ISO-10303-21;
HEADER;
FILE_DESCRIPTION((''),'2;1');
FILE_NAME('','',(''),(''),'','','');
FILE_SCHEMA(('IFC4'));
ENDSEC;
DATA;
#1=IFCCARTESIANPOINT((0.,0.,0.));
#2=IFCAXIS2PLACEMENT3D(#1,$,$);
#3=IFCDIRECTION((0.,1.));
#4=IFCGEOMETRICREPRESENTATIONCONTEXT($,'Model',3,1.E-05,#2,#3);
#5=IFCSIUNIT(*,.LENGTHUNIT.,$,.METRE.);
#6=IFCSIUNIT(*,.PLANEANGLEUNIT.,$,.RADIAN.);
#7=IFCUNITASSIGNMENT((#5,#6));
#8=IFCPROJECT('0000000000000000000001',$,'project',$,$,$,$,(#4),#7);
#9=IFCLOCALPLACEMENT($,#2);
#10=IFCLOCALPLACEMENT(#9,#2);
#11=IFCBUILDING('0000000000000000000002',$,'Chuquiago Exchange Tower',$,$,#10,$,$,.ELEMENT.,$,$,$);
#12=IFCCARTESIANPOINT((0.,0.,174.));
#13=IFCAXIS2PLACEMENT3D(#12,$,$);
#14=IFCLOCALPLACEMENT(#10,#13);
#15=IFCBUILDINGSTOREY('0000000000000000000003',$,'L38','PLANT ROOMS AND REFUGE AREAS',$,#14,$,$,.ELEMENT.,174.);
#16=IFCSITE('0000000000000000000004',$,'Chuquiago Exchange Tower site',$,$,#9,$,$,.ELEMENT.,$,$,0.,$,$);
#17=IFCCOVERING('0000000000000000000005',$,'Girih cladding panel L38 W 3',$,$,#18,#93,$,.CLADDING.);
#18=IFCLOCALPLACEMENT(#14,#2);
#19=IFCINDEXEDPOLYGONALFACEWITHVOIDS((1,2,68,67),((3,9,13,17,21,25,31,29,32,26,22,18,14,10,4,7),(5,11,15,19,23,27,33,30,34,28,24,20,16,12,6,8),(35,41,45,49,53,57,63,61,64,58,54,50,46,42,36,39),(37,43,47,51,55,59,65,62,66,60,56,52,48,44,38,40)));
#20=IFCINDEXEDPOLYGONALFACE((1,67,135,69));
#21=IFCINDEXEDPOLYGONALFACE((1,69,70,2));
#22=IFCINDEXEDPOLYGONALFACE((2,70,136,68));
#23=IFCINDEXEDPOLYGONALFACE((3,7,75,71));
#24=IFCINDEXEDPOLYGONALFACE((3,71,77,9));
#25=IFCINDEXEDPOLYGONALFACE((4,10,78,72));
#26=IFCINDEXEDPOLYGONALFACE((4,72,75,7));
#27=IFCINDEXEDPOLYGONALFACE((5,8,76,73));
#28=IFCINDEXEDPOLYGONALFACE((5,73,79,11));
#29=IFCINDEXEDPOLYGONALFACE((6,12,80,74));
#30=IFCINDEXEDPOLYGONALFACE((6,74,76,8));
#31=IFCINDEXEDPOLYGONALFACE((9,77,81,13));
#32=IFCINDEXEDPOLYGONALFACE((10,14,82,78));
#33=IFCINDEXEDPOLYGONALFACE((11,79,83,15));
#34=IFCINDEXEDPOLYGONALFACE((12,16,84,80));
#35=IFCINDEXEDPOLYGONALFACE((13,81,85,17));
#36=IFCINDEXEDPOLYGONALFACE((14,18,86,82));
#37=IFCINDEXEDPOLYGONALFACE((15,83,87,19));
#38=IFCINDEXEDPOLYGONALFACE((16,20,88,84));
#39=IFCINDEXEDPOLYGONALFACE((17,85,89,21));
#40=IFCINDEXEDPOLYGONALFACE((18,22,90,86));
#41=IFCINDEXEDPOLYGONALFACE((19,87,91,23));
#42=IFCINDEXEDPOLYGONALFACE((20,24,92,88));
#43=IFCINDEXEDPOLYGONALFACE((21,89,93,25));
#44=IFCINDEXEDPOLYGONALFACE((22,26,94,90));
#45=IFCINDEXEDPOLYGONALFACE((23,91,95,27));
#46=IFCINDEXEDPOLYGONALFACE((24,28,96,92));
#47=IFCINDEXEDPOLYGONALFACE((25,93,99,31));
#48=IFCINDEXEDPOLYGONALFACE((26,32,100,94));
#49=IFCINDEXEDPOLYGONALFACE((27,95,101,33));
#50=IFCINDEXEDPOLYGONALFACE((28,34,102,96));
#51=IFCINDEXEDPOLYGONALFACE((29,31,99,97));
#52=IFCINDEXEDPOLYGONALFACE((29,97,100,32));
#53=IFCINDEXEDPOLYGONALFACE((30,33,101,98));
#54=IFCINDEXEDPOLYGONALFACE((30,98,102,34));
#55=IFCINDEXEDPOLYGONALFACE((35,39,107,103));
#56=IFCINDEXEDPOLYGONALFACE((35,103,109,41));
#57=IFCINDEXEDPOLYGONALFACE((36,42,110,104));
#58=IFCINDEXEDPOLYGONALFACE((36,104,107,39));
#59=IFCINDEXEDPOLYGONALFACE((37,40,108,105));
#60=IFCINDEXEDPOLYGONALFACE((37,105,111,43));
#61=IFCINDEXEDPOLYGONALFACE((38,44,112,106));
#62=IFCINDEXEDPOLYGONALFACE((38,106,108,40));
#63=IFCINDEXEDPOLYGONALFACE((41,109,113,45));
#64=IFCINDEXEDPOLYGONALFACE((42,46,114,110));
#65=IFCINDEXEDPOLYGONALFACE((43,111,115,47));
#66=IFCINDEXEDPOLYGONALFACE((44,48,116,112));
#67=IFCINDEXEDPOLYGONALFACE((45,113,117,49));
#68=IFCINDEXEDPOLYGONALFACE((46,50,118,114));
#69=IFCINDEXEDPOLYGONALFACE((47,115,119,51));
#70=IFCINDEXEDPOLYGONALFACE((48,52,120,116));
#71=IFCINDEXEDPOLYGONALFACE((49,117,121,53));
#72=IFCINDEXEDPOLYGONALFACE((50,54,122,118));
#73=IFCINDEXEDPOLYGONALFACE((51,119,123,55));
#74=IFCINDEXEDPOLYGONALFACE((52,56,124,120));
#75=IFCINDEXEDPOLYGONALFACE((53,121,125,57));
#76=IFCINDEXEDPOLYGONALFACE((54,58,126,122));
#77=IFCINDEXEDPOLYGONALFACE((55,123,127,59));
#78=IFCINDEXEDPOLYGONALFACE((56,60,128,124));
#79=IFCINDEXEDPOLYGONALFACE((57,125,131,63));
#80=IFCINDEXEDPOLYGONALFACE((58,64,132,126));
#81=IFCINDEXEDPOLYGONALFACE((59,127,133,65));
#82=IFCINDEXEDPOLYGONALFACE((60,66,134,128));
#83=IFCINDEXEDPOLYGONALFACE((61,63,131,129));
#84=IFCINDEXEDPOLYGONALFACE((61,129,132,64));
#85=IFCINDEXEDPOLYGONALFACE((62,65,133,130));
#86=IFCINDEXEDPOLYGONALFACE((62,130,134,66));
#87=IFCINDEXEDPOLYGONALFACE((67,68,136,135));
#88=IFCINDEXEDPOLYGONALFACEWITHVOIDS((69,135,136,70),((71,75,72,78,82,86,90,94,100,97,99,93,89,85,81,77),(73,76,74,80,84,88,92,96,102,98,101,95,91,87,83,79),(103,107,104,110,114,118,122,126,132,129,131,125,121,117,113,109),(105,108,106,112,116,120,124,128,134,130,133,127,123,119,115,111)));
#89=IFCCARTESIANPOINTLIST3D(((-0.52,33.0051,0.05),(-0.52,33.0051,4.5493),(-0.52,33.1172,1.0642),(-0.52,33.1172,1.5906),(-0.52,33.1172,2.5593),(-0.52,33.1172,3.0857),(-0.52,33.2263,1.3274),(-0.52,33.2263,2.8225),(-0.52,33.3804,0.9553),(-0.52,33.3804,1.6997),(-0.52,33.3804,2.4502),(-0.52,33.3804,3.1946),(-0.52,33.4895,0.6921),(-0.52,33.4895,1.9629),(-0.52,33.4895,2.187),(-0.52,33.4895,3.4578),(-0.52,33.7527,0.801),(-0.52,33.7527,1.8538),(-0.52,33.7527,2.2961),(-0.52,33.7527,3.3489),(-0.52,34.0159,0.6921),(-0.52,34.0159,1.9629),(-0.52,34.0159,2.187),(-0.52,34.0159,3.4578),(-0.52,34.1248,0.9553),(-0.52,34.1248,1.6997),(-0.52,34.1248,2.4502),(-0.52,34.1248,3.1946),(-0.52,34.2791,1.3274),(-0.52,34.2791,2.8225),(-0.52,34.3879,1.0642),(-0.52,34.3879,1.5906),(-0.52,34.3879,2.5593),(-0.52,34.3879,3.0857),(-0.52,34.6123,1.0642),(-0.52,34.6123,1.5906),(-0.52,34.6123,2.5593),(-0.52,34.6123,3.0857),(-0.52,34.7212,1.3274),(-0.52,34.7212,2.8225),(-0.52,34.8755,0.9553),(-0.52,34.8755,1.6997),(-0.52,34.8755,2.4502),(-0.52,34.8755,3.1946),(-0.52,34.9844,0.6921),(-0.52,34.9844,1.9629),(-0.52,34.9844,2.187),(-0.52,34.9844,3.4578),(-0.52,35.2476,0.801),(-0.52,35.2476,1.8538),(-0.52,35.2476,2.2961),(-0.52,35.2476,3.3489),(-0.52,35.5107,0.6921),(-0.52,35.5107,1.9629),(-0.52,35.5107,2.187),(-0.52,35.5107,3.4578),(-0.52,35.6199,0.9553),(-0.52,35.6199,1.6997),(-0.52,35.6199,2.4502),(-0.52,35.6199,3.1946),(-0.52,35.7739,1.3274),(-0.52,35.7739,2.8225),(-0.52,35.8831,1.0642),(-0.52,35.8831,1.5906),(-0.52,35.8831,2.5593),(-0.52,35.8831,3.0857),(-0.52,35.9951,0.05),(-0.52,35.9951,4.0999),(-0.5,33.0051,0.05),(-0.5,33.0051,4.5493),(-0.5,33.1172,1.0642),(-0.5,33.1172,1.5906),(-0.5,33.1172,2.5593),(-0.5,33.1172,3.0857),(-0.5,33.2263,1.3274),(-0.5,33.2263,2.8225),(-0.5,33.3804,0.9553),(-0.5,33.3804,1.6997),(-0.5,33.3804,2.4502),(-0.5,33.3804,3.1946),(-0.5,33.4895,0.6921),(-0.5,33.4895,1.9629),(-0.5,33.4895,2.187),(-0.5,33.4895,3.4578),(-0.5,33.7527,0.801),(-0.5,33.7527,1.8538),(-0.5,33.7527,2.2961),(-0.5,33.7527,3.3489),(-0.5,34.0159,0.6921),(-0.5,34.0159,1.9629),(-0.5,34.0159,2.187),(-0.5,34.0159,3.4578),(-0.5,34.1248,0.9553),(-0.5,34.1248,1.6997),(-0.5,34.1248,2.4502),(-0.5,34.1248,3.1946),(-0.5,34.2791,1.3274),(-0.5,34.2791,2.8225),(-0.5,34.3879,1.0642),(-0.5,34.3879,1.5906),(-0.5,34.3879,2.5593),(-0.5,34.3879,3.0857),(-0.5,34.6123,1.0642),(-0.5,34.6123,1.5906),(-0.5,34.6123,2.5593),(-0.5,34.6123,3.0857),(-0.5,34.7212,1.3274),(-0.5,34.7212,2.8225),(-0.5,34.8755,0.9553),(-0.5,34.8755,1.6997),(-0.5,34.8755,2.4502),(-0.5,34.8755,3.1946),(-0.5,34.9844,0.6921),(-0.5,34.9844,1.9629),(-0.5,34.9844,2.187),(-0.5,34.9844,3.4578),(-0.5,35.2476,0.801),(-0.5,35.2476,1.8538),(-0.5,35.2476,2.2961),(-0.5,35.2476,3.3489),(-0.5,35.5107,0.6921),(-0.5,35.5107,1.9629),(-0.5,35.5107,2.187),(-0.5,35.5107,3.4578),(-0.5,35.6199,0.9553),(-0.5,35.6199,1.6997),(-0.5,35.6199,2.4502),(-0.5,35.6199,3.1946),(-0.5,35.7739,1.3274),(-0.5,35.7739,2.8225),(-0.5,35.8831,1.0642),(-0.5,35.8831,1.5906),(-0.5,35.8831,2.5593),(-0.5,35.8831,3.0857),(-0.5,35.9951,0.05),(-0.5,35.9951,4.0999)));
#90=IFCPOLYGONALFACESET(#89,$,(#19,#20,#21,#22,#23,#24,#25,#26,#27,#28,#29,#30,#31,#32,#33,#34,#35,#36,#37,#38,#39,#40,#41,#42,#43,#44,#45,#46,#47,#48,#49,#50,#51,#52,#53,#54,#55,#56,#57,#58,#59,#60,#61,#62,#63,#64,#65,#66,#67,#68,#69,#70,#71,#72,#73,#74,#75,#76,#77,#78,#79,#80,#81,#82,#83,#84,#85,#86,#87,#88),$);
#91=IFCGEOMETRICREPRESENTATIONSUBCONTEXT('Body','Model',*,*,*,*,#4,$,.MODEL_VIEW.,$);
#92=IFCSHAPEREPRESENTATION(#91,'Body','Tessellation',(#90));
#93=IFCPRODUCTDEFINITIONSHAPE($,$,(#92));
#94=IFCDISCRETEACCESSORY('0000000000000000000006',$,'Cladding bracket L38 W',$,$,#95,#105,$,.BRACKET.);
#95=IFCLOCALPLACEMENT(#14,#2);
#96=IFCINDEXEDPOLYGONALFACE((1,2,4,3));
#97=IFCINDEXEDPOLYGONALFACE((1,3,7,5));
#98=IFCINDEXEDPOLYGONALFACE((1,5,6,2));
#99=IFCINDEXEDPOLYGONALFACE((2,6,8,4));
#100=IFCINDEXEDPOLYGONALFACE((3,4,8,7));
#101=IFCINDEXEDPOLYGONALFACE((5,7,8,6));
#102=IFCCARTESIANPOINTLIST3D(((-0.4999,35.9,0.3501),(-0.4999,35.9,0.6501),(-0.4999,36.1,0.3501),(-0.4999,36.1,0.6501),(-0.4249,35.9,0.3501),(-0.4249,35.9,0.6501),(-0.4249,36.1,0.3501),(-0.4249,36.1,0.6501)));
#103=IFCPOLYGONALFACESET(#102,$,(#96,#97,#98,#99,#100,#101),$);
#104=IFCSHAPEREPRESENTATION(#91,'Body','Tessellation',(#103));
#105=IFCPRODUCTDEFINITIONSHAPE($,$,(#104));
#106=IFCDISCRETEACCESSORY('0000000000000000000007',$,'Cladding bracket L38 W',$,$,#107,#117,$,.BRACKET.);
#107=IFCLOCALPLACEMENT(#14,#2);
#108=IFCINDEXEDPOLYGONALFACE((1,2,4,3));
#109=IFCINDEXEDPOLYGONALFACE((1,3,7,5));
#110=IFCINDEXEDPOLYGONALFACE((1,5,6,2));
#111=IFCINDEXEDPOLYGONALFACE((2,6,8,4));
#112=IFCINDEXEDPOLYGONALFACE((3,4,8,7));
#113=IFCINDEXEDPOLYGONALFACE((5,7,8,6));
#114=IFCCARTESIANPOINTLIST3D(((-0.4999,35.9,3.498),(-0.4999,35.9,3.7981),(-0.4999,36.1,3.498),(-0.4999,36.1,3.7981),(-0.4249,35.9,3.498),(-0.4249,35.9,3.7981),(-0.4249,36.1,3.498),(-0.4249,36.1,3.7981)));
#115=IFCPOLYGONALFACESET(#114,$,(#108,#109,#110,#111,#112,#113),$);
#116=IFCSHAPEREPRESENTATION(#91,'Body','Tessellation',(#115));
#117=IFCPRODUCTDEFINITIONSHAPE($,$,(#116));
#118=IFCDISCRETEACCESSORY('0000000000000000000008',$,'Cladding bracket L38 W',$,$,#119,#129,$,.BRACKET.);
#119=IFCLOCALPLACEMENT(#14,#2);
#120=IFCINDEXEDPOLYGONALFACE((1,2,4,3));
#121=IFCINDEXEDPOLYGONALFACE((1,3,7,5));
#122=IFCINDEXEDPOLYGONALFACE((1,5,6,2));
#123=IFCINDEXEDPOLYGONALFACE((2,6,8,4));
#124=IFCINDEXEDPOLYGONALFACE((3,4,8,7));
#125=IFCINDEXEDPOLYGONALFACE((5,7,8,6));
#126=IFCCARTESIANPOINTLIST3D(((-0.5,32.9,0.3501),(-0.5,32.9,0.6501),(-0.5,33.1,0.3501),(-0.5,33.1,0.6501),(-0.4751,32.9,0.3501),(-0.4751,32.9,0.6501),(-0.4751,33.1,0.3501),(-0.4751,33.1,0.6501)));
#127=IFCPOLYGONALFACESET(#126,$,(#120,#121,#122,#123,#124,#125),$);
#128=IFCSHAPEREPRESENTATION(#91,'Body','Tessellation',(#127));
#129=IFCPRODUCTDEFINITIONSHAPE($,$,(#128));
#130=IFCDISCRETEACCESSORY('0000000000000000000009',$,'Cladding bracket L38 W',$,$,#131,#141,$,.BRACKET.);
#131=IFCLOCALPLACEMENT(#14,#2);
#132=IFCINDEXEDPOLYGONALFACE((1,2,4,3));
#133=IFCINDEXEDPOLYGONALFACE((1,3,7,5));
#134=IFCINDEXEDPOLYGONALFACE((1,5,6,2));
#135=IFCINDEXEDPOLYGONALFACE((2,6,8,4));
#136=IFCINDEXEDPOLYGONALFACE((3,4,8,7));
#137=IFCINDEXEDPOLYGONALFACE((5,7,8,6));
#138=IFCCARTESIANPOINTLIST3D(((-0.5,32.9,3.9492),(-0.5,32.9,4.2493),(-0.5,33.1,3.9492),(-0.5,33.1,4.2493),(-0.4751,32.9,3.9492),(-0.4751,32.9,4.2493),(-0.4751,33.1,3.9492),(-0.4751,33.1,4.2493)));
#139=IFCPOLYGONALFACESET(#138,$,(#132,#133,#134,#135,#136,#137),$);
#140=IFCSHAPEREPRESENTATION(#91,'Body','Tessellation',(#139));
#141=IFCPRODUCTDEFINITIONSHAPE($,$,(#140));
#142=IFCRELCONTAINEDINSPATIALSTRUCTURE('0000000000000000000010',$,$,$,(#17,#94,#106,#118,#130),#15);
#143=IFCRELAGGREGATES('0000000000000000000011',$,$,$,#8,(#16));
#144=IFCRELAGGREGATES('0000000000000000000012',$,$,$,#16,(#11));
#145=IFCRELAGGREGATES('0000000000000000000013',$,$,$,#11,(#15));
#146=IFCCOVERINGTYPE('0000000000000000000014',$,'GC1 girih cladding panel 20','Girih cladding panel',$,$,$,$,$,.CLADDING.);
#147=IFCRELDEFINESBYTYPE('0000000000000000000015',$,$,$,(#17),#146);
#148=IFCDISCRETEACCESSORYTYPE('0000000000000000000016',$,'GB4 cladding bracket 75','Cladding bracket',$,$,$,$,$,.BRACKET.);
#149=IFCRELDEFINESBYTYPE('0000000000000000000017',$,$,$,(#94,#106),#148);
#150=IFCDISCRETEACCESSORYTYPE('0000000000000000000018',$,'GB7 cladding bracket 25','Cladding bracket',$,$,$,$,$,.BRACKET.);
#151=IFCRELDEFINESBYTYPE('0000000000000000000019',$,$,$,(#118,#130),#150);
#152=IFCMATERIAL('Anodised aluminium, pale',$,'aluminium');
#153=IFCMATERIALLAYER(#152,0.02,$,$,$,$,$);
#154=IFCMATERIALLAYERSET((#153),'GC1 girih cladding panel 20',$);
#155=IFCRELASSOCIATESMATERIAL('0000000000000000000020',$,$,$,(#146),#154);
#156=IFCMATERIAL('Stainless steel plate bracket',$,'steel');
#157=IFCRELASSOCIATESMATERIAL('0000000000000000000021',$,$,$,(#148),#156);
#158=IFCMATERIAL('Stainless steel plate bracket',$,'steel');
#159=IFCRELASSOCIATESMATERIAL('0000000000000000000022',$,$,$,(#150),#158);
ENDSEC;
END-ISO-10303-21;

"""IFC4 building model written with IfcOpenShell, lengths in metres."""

from ifc_helpers import new_model, si_unit, direction, frame, origin, origin_2d, place, context, subcontext, project, spatial, polyline, rectangle, outline, extrude, material, layer, layer_set, type_object, element, save


model = new_model("IFC4")

# Units and contexts
model_context = context("Model", 3, precision=1e-05, world=origin(), true_north=direction((0.0, 1.0)))
body_context = subcontext(model_context, "Body", "Model", "MODEL_VIEW")
ifc_project = project(units=[si_unit("LENGTHUNIT", "METRE"), si_unit("PLANEANGLEUNIT", "RADIAN")], contexts=[model_context])

# Site, building, storey
site_placement = place(None, origin())
site = spatial("IfcSite", under=ifc_project, at=site_placement, Name="Chuquiago Exchange Tower site", CompositionType="ELEMENT", RefElevation=0.0)
building_placement = place(site_placement, origin())
building = spatial("IfcBuilding", under=site, at=building_placement, Name="Chuquiago Exchange Tower", CompositionType="ELEMENT")
storey_placement = place(building_placement, frame((0.0, 0.0, 174.0)))
storey = spatial("IfcBuildingStorey", under=building, at=storey_placement, Name="L38", Description="PLANT ROOMS AND REFUGE AREAS", CompositionType="ELEMENT", Elevation=174.0)

# Covering
ifc_material_1 = material(Name="Anodised aluminium, pale", Category="aluminium")
ifc_layer_1 = layer(ifc_material_1, 0.02)
ifc_layer_set_1 = layer_set([ifc_layer_1], Name="GC1 girih cladding panel 20")
covering_type = type_object("IfcCoveringType", Name="GC1 girih cladding panel 20", Description="Girih cladding panel", PredefinedType="CLADDING", material=ifc_layer_set_1)
covering_placement = place(storey_placement, frame((-0.5, 35.9951, 0.05), z_axis=(0.0, 0.0, 1.0), x_axis=(0.0, -1.0, 0.0)))
element("IfcCovering", 1, at=covering_placement, inside=storey, type_object=covering_type, Name="Girih cladding panel L38 W 3", PredefinedType="CLADDING", context=body_context, shape_type="SweptSolid", body=[
    extrude(outline(polyline([(0.0, 0.0), (2.99, 0.0), (2.99, 4.4993), (0.0, 4.0498), (0.0, 0.0)]), holes=[polyline([(1.2739, 1.2773), (1.3828, 1.5405), (1.1196, 1.6497), (1.0107, 1.9128), (0.7476, 1.8037), (0.4844, 1.9128), (0.3752, 1.6497), (0.1121, 1.5405), (0.2212, 1.2773), (0.1121, 1.0142), (0.3752, 0.9053), (0.4844, 0.6421), (0.7476, 0.751), (1.0107, 0.6421), (1.1196, 0.9053), (1.3828, 1.0142), (1.2739, 1.2773)]), polyline([(2.7688, 1.2773), (2.8779, 1.5405), (2.6147, 1.6497), (2.5056, 1.9128), (2.2424, 1.8037), (1.9792, 1.9128), (1.8704, 1.6497), (1.6072, 1.5405), (1.7161, 1.2773), (1.6072, 1.0142), (1.8704, 0.9053), (1.9792, 0.6421), (2.2424, 0.751), (2.5056, 0.6421), (2.6147, 0.9053), (2.8779, 1.0142), (2.7688, 1.2773)]), polyline([(1.2739, 2.7725), (1.3828, 3.0356), (1.1196, 3.1445), (1.0107, 3.4077), (0.7476, 3.2988), (0.4844, 3.4077), (0.3752, 3.1445), (0.1121, 3.0356), (0.2212, 2.7725), (0.1121, 2.5093), (0.3752, 2.4001), (0.4844, 2.137), (0.7476, 2.2461), (1.0107, 2.137), (1.1196, 2.4001), (1.3828, 2.5093), (1.2739, 2.7725)]), polyline([(2.7688, 2.7725), (2.8779, 3.0356), (2.6147, 3.1445), (2.5056, 3.4077), (2.2424, 3.2988), (1.9792, 3.4077), (1.8704, 3.1445), (1.6072, 3.0356), (1.7161, 2.7725), (1.6072, 2.5093), (1.8704, 2.4001), (1.9792, 2.137), (2.2424, 2.2461), (2.5056, 2.137), (2.6147, 2.4001), (2.8779, 2.5093), (2.7688, 2.7725)])]), frame((0.0, 0.0, 0.0), z_axis=(0.0, -1.0, 0.0), x_axis=(1.0, 0.0, 0.0)), (0.0, 0.0, 1.0), 0.02),
])

# Discrete accessories
ifc_material_2 = material(Name="Stainless steel plate bracket", Category="steel")
discrete_accessory_type_1 = type_object("IfcDiscreteAccessoryType", Name="GB4 cladding bracket 75", Description="Cladding bracket", PredefinedType="BRACKET", material=ifc_material_2)
for number, where, z_axis, x_axis, name in (
    (2, (-0.4624, 36.0, 0.3501), (0.0, 0.0, 1.0), (0.0, -1.0, 0.0), "Cladding bracket L38 W"),
    (3, (-0.4624, 36.0, 3.498), (0.0, 0.0, 1.0), (0.0, -1.0, 0.0), "Cladding bracket L38 W"),
):
    element("IfcDiscreteAccessory", number, at=place(storey_placement, frame(where, z_axis=z_axis, x_axis=x_axis)), inside=storey, type_object=discrete_accessory_type_1, Name=name, PredefinedType="BRACKET", context=body_context, shape_type="SweptSolid", body=[
        extrude(rectangle(XDim=0.2, YDim=0.075, at=origin_2d()), origin(), (0.0, 0.0, 1.0), 0.3),
    ])
ifc_material_3 = material(Name="Stainless steel plate bracket", Category="steel")
discrete_accessory_type_2 = type_object("IfcDiscreteAccessoryType", Name="GB7 cladding bracket 25", Description="Cladding bracket", PredefinedType="BRACKET", material=ifc_material_3)
for number, where, z_axis, x_axis, name in (
    (4, (-0.4875, 33.0, 0.3501), (0.0, 0.0, 1.0), (0.0, -1.0, 0.0), "Cladding bracket L38 W"),
    (5, (-0.4875, 33.0, 3.9492), (0.0, 0.0, 1.0), (0.0, -1.0, 0.0), "Cladding bracket L38 W"),
):
    element("IfcDiscreteAccessory", number, at=place(storey_placement, frame(where, z_axis=z_axis, x_axis=x_axis)), inside=storey, type_object=discrete_accessory_type_2, Name=name, PredefinedType="BRACKET", context=body_context, shape_type="SweptSolid", body=[
        extrude(rectangle(XDim=0.2, YDim=0.0249, at=origin_2d()), origin(), (0.0, 0.0, 1.0), 0.3),
    ])

save(model, "model.ifc")
